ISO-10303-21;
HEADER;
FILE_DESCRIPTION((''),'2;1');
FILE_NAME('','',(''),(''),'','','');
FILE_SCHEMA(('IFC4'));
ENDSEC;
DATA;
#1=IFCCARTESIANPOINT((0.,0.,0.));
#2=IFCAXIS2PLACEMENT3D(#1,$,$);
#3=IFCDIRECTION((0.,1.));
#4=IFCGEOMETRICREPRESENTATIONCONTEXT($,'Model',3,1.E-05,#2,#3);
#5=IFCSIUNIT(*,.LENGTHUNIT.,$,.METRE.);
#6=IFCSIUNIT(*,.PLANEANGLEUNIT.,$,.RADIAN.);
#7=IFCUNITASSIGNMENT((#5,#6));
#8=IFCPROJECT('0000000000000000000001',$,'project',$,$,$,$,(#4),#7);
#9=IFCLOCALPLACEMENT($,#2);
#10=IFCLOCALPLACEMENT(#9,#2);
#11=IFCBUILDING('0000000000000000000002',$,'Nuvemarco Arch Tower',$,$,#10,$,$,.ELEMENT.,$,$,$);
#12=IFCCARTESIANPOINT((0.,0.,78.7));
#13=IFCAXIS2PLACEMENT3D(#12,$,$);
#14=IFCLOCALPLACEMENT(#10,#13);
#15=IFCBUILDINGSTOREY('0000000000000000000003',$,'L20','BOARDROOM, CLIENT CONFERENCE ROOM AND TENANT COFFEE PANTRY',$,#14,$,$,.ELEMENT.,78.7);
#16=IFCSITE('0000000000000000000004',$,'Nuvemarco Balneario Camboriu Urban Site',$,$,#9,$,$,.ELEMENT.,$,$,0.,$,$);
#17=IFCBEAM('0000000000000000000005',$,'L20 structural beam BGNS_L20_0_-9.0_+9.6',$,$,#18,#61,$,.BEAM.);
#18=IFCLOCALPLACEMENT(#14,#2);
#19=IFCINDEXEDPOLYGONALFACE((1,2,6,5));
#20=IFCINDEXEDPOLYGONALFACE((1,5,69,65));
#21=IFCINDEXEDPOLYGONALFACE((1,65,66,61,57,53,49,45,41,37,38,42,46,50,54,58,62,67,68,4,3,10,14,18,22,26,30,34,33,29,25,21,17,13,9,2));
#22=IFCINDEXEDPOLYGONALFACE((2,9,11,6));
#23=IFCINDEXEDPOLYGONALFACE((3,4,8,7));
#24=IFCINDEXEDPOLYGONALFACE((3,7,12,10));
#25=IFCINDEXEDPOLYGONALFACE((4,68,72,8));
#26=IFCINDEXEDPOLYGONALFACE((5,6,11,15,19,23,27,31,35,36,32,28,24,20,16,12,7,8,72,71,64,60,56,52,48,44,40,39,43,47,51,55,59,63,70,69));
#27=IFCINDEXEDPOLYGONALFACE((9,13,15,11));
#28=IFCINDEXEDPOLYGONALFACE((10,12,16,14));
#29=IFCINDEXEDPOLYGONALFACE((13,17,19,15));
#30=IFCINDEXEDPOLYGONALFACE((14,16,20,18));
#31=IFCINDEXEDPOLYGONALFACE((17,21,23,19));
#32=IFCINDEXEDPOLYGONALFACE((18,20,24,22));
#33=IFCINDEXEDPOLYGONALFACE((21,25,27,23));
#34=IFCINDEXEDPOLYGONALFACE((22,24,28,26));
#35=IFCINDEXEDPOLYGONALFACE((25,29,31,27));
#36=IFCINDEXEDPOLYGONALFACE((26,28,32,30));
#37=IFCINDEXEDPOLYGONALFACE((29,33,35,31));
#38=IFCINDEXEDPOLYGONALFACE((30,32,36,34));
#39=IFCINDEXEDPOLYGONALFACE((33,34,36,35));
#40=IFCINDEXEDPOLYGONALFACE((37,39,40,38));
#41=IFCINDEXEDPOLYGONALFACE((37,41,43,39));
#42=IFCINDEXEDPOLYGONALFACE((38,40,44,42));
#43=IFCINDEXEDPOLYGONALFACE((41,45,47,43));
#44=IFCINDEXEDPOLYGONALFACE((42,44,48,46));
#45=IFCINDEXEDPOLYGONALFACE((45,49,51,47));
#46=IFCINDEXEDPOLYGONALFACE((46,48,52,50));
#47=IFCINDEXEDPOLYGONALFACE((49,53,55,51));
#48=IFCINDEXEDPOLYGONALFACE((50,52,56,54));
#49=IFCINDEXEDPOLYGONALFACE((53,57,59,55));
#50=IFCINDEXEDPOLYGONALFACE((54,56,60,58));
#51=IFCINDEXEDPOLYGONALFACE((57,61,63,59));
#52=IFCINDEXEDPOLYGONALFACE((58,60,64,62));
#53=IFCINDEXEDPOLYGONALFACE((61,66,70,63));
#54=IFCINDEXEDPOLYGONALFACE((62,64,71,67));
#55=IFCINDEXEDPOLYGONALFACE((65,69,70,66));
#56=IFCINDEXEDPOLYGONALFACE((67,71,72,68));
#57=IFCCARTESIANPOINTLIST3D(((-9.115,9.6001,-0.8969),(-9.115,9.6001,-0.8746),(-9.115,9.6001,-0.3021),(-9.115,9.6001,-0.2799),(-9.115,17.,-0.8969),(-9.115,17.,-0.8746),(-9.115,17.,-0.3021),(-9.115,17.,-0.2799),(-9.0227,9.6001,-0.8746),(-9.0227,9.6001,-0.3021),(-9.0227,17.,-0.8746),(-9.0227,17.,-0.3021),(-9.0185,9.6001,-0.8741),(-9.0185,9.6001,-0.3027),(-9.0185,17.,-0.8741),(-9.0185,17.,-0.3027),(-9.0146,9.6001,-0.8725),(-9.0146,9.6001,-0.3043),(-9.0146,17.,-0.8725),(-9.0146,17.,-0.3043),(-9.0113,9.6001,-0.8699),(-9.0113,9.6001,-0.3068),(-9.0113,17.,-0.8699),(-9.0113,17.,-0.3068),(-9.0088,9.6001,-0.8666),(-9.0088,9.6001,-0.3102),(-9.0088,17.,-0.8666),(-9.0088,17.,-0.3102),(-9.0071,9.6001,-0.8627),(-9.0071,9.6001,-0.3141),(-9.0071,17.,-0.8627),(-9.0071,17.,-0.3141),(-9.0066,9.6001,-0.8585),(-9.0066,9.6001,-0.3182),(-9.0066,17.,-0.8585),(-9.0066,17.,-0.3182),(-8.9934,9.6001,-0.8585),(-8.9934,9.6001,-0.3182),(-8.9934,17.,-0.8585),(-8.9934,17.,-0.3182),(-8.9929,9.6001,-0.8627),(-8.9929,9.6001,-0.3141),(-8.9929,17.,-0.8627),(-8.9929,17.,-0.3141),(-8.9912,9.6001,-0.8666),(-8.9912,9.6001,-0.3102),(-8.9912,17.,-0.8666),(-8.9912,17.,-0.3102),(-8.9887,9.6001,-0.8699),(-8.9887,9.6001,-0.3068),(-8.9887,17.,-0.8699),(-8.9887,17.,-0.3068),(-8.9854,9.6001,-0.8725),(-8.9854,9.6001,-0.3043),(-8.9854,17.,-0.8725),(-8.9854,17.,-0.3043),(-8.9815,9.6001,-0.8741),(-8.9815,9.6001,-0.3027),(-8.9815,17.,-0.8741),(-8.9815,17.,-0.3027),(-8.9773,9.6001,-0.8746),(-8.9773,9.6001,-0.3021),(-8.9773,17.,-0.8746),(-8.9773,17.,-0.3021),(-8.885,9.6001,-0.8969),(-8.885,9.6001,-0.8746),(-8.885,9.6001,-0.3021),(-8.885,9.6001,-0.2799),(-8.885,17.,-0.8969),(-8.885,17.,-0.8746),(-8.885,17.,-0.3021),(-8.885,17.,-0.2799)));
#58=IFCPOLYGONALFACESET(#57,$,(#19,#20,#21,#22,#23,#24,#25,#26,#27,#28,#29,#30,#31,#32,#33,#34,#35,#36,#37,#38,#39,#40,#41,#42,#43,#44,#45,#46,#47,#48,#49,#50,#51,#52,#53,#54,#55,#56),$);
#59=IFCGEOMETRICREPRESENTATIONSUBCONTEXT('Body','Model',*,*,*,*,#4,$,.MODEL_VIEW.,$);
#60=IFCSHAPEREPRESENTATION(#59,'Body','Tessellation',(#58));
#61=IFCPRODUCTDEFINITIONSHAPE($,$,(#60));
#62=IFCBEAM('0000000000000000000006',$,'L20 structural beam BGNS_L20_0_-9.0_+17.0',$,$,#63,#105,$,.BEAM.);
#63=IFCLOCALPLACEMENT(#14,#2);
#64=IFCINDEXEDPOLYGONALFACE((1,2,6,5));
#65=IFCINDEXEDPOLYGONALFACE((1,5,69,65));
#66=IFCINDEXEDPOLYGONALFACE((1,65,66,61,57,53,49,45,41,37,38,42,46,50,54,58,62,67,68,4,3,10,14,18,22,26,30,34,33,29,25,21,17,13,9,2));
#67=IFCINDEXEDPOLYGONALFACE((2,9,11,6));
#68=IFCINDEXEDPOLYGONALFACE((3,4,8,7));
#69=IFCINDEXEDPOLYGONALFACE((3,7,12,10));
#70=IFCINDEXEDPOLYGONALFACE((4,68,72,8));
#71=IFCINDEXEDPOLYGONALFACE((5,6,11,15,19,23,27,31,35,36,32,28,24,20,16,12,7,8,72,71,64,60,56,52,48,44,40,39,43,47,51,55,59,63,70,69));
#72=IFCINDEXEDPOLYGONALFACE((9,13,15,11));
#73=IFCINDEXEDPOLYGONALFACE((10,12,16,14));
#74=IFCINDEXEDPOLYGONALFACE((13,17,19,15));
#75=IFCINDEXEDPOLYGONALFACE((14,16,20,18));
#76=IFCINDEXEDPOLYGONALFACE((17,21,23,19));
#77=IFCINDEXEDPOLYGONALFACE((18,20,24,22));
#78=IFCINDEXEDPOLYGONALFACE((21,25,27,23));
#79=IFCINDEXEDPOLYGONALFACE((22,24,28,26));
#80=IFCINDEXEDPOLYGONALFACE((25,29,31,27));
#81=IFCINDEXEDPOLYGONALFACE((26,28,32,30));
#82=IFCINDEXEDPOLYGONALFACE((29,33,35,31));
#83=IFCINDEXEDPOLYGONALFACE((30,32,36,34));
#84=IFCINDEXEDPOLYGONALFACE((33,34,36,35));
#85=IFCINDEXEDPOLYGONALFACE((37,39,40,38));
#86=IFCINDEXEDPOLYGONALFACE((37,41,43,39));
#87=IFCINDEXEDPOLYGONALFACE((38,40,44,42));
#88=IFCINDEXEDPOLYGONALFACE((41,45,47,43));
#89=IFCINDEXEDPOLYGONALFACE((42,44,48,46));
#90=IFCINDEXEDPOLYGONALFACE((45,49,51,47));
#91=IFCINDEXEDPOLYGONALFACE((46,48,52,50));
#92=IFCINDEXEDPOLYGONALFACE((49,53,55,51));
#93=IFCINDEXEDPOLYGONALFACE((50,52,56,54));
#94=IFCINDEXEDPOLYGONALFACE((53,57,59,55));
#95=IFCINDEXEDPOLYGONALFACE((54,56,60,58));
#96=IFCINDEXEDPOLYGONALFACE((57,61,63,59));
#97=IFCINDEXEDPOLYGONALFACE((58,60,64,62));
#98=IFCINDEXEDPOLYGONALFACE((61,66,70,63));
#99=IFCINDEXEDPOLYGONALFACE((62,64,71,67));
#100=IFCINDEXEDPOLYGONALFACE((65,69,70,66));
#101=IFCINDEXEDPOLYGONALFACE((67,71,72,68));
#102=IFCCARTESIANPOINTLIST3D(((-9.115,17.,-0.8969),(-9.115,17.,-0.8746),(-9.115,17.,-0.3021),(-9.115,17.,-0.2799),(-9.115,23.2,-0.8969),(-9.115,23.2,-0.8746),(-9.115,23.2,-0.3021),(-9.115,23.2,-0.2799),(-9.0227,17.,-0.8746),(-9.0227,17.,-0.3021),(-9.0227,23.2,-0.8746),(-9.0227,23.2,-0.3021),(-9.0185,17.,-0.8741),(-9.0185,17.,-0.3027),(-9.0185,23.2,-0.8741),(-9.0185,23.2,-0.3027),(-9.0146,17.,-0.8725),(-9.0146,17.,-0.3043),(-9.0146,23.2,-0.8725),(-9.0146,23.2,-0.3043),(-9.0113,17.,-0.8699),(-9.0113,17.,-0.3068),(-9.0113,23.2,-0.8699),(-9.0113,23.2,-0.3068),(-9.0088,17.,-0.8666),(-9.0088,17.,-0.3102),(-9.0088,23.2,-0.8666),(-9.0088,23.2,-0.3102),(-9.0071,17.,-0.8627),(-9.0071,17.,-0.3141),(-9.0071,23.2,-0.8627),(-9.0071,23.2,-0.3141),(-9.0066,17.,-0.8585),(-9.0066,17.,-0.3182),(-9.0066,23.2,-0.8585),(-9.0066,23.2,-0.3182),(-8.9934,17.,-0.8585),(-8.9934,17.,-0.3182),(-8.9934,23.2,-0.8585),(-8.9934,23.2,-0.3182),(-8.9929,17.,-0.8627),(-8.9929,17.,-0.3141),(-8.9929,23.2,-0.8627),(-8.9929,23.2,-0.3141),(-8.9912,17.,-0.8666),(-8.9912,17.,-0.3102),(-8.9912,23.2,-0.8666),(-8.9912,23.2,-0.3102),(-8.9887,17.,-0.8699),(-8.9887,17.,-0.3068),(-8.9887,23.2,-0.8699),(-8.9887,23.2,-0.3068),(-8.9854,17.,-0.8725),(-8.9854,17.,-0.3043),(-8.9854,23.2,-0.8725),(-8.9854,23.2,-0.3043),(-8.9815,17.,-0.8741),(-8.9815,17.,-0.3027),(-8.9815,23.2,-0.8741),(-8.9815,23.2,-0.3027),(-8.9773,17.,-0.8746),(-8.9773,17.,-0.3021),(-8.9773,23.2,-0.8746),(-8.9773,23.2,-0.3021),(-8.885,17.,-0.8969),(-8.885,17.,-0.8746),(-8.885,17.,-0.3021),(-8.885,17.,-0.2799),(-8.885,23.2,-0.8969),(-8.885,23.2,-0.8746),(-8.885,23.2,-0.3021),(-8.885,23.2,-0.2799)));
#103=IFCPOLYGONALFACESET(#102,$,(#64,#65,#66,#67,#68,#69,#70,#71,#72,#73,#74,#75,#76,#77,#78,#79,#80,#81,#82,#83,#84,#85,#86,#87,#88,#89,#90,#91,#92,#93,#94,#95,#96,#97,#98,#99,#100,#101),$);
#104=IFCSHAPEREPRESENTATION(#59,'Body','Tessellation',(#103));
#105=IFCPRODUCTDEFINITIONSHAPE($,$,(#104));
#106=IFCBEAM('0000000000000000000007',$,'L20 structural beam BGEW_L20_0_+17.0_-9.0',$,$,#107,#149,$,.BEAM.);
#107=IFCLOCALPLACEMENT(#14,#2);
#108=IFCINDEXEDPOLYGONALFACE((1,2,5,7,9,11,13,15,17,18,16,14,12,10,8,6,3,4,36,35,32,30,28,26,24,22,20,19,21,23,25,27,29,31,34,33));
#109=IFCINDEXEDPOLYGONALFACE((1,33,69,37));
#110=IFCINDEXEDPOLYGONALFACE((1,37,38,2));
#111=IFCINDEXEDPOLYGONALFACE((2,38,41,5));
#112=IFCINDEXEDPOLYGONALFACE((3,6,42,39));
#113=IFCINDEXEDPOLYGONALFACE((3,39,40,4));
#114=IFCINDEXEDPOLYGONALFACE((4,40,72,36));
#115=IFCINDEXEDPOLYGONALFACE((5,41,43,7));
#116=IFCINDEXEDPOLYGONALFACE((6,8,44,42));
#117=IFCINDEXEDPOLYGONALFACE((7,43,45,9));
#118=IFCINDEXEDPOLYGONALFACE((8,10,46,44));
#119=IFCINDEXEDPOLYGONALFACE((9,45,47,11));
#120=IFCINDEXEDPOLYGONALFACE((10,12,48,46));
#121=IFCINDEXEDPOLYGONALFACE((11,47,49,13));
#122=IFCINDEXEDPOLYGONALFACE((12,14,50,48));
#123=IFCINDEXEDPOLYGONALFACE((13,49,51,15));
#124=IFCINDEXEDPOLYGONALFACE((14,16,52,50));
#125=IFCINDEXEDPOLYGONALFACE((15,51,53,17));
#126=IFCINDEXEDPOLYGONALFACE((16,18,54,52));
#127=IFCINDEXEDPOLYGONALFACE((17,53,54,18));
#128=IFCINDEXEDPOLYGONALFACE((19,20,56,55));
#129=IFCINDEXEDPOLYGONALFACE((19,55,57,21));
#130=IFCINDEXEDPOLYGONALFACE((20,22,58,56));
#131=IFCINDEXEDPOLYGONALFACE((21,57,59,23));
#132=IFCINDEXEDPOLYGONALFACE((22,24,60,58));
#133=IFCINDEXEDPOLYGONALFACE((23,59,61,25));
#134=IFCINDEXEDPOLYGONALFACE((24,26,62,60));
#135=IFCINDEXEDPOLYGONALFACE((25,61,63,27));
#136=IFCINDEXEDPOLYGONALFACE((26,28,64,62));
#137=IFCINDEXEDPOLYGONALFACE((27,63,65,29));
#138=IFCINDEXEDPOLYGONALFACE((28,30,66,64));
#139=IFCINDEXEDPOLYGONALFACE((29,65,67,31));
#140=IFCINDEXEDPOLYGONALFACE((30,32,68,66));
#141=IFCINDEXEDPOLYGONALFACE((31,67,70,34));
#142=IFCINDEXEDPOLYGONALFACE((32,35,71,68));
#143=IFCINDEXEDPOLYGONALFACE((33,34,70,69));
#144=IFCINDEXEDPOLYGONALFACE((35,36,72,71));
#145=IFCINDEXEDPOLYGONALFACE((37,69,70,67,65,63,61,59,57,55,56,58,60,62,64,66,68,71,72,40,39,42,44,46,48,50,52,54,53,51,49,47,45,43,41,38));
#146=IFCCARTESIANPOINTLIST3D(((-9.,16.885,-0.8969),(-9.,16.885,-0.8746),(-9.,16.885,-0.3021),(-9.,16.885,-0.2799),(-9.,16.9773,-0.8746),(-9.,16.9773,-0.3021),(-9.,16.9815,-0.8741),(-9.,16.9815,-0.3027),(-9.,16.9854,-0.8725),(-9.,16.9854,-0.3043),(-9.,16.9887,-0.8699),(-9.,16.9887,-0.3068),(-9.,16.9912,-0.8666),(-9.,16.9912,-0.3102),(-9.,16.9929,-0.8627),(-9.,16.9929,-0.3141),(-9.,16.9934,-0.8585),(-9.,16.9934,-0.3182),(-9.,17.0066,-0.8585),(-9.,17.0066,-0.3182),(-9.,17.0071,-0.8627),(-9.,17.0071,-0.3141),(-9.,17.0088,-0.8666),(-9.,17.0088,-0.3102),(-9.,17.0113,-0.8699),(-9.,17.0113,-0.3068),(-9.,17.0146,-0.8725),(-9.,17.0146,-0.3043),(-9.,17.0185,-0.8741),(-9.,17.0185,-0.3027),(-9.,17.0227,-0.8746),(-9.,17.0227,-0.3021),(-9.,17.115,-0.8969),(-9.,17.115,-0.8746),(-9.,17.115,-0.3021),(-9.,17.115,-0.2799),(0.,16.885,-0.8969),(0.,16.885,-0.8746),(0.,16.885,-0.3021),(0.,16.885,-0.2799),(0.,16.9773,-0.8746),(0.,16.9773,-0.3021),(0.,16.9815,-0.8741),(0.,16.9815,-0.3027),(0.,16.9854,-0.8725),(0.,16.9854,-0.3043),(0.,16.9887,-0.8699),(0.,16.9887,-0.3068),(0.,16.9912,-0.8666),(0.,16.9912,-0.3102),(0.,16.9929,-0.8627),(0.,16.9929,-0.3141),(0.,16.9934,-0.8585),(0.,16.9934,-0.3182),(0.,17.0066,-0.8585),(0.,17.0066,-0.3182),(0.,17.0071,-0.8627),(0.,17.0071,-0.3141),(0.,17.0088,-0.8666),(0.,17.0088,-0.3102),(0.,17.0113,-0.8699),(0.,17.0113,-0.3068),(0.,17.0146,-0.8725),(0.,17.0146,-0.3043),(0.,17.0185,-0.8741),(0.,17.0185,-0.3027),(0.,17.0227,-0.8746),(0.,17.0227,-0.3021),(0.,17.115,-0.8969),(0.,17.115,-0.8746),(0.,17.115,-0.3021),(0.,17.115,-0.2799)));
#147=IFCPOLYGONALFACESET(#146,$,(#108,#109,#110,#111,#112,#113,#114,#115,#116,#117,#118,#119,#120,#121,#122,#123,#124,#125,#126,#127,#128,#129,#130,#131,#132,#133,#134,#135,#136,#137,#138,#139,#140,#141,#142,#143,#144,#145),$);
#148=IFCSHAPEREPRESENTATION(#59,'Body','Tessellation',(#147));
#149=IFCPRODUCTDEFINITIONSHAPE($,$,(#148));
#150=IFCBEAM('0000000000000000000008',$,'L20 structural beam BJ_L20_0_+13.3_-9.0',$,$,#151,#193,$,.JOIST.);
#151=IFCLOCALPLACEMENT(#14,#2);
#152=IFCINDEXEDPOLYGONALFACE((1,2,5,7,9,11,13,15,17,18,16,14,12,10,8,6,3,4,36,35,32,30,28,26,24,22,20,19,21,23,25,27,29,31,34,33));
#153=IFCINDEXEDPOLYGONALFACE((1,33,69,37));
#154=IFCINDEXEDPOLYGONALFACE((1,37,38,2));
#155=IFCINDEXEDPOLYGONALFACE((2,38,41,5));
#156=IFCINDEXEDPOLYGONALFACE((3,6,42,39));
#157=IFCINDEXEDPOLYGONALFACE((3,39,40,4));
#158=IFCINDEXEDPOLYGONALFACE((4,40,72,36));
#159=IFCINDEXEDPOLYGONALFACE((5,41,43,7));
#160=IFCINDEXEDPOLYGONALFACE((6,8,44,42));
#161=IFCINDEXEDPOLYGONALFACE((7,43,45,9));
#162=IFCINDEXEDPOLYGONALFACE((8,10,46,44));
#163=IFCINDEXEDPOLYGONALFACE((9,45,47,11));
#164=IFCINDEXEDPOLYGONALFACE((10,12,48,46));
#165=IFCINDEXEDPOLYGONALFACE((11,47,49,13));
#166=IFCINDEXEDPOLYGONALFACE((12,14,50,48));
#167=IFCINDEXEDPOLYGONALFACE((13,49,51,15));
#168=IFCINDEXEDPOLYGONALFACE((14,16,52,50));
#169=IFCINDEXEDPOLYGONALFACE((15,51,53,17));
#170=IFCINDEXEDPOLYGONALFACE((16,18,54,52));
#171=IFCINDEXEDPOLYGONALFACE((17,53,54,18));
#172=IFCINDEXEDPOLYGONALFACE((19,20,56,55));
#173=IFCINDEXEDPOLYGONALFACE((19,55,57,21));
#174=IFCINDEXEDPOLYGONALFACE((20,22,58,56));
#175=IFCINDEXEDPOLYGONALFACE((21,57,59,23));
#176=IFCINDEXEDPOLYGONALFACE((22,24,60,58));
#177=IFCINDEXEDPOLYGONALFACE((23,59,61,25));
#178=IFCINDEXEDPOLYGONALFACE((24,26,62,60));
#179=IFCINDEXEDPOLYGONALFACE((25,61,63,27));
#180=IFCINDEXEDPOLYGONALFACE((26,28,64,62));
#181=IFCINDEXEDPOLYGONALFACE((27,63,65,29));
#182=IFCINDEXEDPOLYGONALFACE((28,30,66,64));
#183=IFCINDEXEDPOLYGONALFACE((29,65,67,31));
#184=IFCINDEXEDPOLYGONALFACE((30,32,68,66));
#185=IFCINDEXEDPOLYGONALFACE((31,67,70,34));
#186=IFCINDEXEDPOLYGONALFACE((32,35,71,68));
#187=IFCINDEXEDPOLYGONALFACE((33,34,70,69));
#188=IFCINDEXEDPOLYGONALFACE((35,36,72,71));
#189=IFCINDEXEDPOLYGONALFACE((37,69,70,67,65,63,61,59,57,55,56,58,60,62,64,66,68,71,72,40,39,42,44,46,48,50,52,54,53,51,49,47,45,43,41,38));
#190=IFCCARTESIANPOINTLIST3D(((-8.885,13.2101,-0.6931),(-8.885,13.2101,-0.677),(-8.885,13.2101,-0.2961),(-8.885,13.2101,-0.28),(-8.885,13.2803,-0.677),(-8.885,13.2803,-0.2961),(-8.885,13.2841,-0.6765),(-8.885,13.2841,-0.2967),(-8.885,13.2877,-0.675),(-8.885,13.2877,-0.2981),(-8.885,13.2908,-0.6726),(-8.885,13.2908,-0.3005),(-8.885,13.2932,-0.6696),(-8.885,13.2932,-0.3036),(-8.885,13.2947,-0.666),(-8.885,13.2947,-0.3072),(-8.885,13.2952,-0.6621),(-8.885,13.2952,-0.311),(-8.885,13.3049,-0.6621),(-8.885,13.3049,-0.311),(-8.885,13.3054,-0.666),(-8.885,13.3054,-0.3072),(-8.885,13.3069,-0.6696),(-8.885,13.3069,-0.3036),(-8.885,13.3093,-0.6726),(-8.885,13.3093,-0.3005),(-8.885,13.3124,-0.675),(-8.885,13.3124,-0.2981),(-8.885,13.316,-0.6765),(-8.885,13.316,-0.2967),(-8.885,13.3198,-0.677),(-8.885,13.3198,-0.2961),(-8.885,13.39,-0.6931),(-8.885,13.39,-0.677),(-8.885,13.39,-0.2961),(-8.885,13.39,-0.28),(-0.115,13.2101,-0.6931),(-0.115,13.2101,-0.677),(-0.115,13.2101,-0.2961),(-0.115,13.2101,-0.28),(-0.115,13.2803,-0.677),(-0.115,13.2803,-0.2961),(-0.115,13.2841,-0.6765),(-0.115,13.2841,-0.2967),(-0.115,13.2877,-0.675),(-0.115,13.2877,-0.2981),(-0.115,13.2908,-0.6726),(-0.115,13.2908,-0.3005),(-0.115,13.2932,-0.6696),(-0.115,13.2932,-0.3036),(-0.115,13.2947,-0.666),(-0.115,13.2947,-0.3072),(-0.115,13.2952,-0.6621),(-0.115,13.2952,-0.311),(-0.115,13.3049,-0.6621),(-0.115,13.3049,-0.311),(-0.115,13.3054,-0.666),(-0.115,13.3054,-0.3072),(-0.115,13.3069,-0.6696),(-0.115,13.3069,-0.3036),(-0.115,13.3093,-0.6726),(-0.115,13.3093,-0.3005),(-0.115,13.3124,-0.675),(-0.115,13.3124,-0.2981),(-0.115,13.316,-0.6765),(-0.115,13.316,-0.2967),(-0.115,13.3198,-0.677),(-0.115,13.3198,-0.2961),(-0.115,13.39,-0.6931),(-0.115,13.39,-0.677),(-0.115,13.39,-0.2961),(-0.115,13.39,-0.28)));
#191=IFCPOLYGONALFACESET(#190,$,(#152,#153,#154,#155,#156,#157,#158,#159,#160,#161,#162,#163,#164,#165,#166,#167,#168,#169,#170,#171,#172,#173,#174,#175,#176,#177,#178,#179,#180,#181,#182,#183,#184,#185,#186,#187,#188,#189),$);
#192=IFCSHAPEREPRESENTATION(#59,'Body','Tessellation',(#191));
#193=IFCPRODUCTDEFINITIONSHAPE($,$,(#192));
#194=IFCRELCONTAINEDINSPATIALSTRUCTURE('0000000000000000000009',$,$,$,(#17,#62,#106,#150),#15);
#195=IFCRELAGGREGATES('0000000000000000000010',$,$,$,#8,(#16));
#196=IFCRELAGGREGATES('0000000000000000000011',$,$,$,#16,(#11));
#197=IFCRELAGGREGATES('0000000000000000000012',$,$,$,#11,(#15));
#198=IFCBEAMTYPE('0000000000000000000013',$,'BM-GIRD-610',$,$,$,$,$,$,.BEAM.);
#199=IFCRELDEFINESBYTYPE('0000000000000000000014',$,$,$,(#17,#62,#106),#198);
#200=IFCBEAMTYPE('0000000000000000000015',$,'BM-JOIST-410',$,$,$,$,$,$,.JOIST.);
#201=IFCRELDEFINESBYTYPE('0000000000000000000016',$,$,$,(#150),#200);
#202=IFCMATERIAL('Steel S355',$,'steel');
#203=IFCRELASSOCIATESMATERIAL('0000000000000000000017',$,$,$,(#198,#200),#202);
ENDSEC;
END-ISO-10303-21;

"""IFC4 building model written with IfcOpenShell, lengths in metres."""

from ifc_helpers import new_model, si_unit, direction, frame, origin, origin_2d, place, context, subcontext, project, spatial, i_section, extrude, material, material_profile, profile_set, type_object, element, save


model = new_model("IFC4")

# Units and contexts
model_context = context("Model", 3, precision=1e-05, world=origin(), true_north=direction((0.0, 1.0)))
body_context = subcontext(model_context, "Body", "Model", "MODEL_VIEW")
ifc_project = project(units=[si_unit("LENGTHUNIT", "METRE"), si_unit("PLANEANGLEUNIT", "RADIAN")], contexts=[model_context])

# Site, building, storey
site_placement = place(None, origin())
site = spatial("IfcSite", under=ifc_project, at=site_placement, Name="Nuvemarco Balneario Camboriu Urban Site", CompositionType="ELEMENT", RefElevation=0.0)
building_placement = place(site_placement, origin())
building = spatial("IfcBuilding", under=site, at=building_placement, Name="Nuvemarco Arch Tower", CompositionType="ELEMENT")
storey_placement = place(building_placement, frame((0.0, 0.0, 78.7)))
storey = spatial("IfcBuildingStorey", under=building, at=storey_placement, Name="L20", Description="BOARDROOM, CLIENT CONFERENCE ROOM AND TENANT COFFEE PANTRY", CompositionType="ELEMENT", Elevation=78.7)

# Shared definitions
ifc_material_1 = material(Name="Steel S355", Category="steel")

# Beams
ifc_material_profile_1 = material_profile(ifc_material_1, i_section(OverallWidth=0.23, OverallDepth=0.6169, WebThickness=0.0132, FlangeThickness=0.0222, FilletRadius=0.0161, at=origin_2d()), Name="W610x140")
ifc_profile_set_1 = profile_set([ifc_material_profile_1], Name="Steel S355")
beam_type_1 = type_object("IfcBeamType", Name="BM-GIRD-610", PredefinedType="BEAM", material=ifc_profile_set_1)
beam_1_placement = place(storey_placement, frame((-9.0, 9.6001, -0.5884), z_axis=(0.0, 1.0, 0.0), x_axis=(-1.0, 0.0, 0.0)))
element("IfcBeam", 1, at=beam_1_placement, inside=storey, type_object=beam_type_1, Name="L20 structural beam BGNS_L20_0_-9.0_+9.6", PredefinedType="BEAM", context=body_context, shape_type="SweptSolid", body=[
    extrude(i_section(OverallWidth=0.23, OverallDepth=0.6169, WebThickness=0.0132, FlangeThickness=0.0222, FilletRadius=0.0161, at=origin_2d()), origin(), (0.0, 0.0, 1.0), 7.3999),
])
beam_2_placement = place(storey_placement, frame((-9.0, 17.0, -0.5884), z_axis=(0.0, 1.0, 0.0), x_axis=(-1.0, 0.0, 0.0)))
element("IfcBeam", 2, at=beam_2_placement, inside=storey, type_object=beam_type_1, Name="L20 structural beam BGNS_L20_0_-9.0_+17.0", PredefinedType="BEAM", context=body_context, shape_type="SweptSolid", body=[
    extrude(i_section(OverallWidth=0.23, OverallDepth=0.6169, WebThickness=0.0132, FlangeThickness=0.0222, FilletRadius=0.0161, at=origin_2d()), origin(), (0.0, 0.0, 1.0), 6.2),
])
beam_3_placement = place(storey_placement, frame((-9.0, 17.0, -0.5884), z_axis=(1.0, 0.0, 0.0), x_axis=(0.0, 1.0, 0.0)))
element("IfcBeam", 3, at=beam_3_placement, inside=storey, type_object=beam_type_1, Name="L20 structural beam BGEW_L20_0_+17.0_-9.0", PredefinedType="BEAM", context=body_context, shape_type="SweptSolid", body=[
    extrude(i_section(OverallWidth=0.23, OverallDepth=0.6169, WebThickness=0.0132, FlangeThickness=0.0222, FilletRadius=0.0161, at=origin_2d()), origin(), (0.0, 0.0, 1.0), 9.0),
])
ifc_material_profile_2 = material_profile(ifc_material_1, i_section(OverallWidth=0.1799, OverallDepth=0.4131, WebThickness=0.0098, FlangeThickness=0.0161, FilletRadius=0.0149, at=origin_2d()), Name="W410x75")
ifc_profile_set_2 = profile_set([ifc_material_profile_2], Name="Steel S355")
beam_type_2 = type_object("IfcBeamType", Name="BM-JOIST-410", PredefinedType="JOIST", material=ifc_profile_set_2)
beam_4_placement = place(storey_placement, frame((-8.885, 13.3, -0.4866), z_axis=(1.0, 0.0, 0.0), x_axis=(0.0, 1.0, 0.0)))
element("IfcBeam", 4, at=beam_4_placement, inside=storey, type_object=beam_type_2, Name="L20 structural beam BJ_L20_0_+13.3_-9.0", PredefinedType="JOIST", context=body_context, shape_type="SweptSolid", body=[
    extrude(i_section(OverallWidth=0.1799, OverallDepth=0.4131, WebThickness=0.0098, FlangeThickness=0.0161, FilletRadius=0.0149, at=origin_2d()), origin(), (0.0, 0.0, 1.0), 8.77),
])

save(model, "model.ifc")
